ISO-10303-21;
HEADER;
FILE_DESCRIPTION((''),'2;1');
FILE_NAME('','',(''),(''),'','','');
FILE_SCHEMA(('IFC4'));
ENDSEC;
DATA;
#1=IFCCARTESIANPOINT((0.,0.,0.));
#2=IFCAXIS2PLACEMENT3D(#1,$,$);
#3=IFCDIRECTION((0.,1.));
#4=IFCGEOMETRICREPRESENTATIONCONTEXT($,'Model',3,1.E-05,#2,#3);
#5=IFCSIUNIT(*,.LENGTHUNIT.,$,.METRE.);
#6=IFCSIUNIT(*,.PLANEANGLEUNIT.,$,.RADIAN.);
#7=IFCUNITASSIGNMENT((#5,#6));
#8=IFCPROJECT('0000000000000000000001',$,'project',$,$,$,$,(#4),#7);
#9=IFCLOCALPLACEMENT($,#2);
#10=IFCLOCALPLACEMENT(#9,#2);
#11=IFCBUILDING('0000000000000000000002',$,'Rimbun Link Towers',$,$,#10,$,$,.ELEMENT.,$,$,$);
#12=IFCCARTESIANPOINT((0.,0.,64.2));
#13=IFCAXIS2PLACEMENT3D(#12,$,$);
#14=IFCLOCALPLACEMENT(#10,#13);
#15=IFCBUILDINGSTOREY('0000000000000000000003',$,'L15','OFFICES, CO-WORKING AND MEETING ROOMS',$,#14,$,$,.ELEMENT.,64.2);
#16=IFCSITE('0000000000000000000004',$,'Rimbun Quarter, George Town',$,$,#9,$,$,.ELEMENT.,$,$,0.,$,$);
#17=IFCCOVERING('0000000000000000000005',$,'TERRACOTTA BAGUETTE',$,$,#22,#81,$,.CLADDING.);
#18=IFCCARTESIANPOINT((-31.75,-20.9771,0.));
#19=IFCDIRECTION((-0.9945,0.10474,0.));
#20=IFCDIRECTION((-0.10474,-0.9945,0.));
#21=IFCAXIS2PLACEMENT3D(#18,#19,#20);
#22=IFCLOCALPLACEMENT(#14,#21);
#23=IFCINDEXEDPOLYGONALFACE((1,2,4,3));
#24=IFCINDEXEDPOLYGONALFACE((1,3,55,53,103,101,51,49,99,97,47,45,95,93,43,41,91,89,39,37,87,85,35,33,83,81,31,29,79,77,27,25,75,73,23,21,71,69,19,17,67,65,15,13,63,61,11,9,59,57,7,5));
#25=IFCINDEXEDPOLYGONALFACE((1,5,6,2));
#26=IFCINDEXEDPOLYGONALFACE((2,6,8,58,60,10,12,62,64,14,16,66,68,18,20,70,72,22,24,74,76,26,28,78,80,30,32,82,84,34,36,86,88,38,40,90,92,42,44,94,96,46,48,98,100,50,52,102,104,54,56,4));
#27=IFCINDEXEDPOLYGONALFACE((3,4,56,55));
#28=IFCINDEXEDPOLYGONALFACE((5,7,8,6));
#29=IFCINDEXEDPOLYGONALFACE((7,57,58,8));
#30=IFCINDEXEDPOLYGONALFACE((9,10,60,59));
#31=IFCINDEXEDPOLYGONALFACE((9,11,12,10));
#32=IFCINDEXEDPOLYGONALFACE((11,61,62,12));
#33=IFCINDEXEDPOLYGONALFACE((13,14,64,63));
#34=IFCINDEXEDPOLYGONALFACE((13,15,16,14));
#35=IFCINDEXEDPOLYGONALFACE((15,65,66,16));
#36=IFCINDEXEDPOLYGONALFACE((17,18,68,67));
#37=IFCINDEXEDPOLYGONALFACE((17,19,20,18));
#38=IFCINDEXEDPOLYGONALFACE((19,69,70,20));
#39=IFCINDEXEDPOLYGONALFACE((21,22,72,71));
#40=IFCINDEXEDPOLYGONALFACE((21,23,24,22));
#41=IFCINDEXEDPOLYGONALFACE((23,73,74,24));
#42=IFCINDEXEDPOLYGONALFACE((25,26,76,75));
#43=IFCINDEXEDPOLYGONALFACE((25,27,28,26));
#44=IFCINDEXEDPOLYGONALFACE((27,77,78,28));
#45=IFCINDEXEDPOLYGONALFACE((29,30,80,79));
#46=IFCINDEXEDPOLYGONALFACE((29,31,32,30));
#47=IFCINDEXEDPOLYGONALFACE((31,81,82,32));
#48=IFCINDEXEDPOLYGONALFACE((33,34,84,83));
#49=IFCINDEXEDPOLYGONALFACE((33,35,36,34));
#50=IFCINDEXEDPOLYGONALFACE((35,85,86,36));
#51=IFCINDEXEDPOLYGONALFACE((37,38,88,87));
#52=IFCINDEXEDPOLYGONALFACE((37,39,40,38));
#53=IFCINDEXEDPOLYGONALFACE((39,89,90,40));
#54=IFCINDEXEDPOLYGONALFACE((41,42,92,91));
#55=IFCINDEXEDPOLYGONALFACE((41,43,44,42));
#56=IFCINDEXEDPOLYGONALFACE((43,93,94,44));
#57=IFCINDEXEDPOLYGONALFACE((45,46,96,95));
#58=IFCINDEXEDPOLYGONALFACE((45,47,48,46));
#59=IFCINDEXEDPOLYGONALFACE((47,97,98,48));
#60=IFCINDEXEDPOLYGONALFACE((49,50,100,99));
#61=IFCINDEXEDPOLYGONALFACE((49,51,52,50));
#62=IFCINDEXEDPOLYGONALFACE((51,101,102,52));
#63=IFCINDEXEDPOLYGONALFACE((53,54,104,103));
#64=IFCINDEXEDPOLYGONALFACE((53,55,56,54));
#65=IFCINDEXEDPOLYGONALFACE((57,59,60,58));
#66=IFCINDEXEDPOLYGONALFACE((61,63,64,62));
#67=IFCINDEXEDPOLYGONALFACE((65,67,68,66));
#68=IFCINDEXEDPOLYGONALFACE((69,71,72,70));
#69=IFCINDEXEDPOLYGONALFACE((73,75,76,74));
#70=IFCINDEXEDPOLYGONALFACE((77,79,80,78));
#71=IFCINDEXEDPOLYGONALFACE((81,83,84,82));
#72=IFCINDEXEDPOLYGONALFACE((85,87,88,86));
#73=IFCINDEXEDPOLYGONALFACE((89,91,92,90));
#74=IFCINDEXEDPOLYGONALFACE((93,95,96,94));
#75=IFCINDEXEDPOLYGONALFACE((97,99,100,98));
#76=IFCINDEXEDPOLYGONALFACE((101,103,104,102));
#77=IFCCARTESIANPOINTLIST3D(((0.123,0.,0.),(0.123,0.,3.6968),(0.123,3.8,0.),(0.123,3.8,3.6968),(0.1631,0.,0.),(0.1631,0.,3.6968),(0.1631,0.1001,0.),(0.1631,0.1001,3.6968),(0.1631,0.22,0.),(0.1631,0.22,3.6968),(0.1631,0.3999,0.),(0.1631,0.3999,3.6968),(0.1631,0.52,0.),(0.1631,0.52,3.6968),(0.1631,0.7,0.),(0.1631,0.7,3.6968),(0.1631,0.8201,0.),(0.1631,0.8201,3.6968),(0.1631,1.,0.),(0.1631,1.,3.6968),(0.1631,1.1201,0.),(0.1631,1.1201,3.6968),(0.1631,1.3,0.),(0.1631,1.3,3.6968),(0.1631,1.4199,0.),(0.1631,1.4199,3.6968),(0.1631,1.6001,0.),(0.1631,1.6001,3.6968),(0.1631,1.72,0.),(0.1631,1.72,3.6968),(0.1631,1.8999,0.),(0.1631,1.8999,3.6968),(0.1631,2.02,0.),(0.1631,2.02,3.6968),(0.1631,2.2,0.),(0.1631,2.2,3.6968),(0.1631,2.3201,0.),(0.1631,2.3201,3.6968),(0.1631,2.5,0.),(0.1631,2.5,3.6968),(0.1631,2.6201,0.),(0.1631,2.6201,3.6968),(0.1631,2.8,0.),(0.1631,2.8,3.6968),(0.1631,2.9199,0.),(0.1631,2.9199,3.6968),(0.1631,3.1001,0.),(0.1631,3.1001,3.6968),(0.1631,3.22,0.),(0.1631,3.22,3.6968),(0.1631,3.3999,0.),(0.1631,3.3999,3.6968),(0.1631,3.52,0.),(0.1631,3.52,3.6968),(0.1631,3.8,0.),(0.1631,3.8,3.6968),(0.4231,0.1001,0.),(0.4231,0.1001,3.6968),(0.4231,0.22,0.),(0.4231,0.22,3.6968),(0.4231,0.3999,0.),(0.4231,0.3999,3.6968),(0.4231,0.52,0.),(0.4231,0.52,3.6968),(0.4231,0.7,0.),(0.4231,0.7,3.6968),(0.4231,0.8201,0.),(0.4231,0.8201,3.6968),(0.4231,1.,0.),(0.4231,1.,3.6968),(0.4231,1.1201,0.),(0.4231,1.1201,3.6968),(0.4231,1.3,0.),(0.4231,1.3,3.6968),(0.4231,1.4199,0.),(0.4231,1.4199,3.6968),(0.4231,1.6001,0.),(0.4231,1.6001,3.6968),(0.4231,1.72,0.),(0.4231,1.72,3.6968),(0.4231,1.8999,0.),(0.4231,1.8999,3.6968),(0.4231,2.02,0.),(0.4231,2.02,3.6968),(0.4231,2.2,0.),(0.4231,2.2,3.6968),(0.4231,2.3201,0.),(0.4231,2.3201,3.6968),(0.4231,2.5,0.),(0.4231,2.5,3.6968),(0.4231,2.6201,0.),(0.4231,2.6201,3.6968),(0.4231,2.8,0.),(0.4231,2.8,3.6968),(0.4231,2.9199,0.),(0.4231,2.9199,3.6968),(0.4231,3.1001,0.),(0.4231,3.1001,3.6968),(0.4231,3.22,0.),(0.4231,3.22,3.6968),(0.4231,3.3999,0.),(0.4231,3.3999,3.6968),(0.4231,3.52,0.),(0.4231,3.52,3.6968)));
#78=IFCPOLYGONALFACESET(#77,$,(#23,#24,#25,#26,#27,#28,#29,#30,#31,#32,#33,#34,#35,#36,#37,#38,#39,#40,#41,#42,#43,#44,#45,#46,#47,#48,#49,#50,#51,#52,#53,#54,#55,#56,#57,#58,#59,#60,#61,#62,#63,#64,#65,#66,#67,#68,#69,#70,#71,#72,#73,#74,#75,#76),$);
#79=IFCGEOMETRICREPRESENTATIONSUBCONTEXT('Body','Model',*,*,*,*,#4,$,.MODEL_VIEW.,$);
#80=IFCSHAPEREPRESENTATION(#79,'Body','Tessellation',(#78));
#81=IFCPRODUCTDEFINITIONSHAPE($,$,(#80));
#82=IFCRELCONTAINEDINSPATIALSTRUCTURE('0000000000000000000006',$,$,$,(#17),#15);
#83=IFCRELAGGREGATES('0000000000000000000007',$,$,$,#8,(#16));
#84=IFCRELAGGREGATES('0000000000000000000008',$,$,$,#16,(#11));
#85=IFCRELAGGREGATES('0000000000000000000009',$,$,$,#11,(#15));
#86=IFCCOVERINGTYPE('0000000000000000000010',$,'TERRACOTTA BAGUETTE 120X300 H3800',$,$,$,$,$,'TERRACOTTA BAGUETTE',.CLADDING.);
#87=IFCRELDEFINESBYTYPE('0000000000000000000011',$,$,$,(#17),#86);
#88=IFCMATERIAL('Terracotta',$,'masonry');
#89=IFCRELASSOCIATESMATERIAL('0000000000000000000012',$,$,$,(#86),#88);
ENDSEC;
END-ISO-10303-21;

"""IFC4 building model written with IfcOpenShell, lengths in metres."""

from ifc_helpers import new_model, si_unit, direction, frame, origin, place, context, subcontext, project, spatial, polyline, outline, extrude, material, material_profile, profile_set, type_object, element, save


model = new_model("IFC4")

# Units and contexts
model_context = context("Model", 3, precision=1e-05, world=origin(), true_north=direction((0.0, 1.0)))
body_context = subcontext(model_context, "Body", "Model", "MODEL_VIEW")
ifc_project = project(units=[si_unit("LENGTHUNIT", "METRE"), si_unit("PLANEANGLEUNIT", "RADIAN")], contexts=[model_context])

# Site, building, storey
site_placement = place(None, origin())
site = spatial("IfcSite", under=ifc_project, at=site_placement, Name="Rimbun Quarter, George Town", CompositionType="ELEMENT", RefElevation=0.0)
building_placement = place(site_placement, origin())
building = spatial("IfcBuilding", under=site, at=building_placement, Name="Rimbun Link Towers", CompositionType="ELEMENT")
storey_placement = place(building_placement, frame((0.0, 0.0, 64.2)))
storey = spatial("IfcBuildingStorey", under=building, at=storey_placement, Name="L15", Description="OFFICES, CO-WORKING AND MEETING ROOMS", CompositionType="ELEMENT", Elevation=64.2)

# Covering
ifc_material_1 = material(Name="Terracotta", Category="masonry")
ifc_material_profile_1 = material_profile(ifc_material_1, outline(polyline([(0.123, 0.0), (0.1631, 0.0), (0.1631, 0.1001), (0.4231, 0.1001), (0.4231, 0.22), (0.1631, 0.22), (0.1631, 0.3999), (0.4231, 0.3999), (0.4231, 0.52), (0.1631, 0.52), (0.1631, 0.7), (0.4231, 0.7), (0.4231, 0.8201), (0.1631, 0.8201), (0.1631, 1.0), (0.4231, 1.0), (0.4231, 1.1201), (0.1631, 1.1201), (0.1631, 1.3), (0.4231, 1.3), (0.4231, 1.4199), (0.1631, 1.4199), (0.1631, 1.6001), (0.4231, 1.6001), (0.4231, 1.72), (0.1631, 1.72), (0.1631, 1.8999), (0.4231, 1.8999), (0.4231, 2.02), (0.1631, 2.02), (0.1631, 2.2), (0.4231, 2.2), (0.4231, 2.3201), (0.1631, 2.3201), (0.1631, 2.5), (0.4231, 2.5), (0.4231, 2.6201), (0.1631, 2.6201), (0.1631, 2.8), (0.4231, 2.8), (0.4231, 2.9199), (0.1631, 2.9199), (0.1631, 3.1001), (0.4231, 3.1001), (0.4231, 3.22), (0.1631, 3.22), (0.1631, 3.3999), (0.4231, 3.3999), (0.4231, 3.52), (0.1631, 3.52), (0.1631, 3.8), (0.123, 3.8), (0.123, 0.0)])), Name="BAGUETTE 120X300")
ifc_profile_set_1 = profile_set([ifc_material_profile_1], Name="Terracotta")
covering_type = type_object("IfcCoveringType", Name="TERRACOTTA BAGUETTE 120X300 H3800", ElementType="TERRACOTTA BAGUETTE", PredefinedType="CLADDING", material=ifc_profile_set_1)
covering_placement = place(storey_placement, frame((-31.75, -20.9771, 0.0), z_axis=(-0.9945, 0.10474, 0.0), x_axis=(-0.10474, -0.9945, 0.0)))
element("IfcCovering", 1, at=covering_placement, inside=storey, type_object=covering_type, Name="TERRACOTTA BAGUETTE", PredefinedType="CLADDING", context=body_context, shape_type="SweptSolid", body=[
    extrude(outline(polyline([(0.123, 0.0), (0.1631, 0.0), (0.1631, 0.1001), (0.4231, 0.1001), (0.4231, 0.22), (0.1631, 0.22), (0.1631, 0.3999), (0.4231, 0.3999), (0.4231, 0.52), (0.1631, 0.52), (0.1631, 0.7), (0.4231, 0.7), (0.4231, 0.8201), (0.1631, 0.8201), (0.1631, 1.0), (0.4231, 1.0), (0.4231, 1.1201), (0.1631, 1.1201), (0.1631, 1.3), (0.4231, 1.3), (0.4231, 1.4199), (0.1631, 1.4199), (0.1631, 1.6001), (0.4231, 1.6001), (0.4231, 1.72), (0.1631, 1.72), (0.1631, 1.8999), (0.4231, 1.8999), (0.4231, 2.02), (0.1631, 2.02), (0.1631, 2.2), (0.4231, 2.2), (0.4231, 2.3201), (0.1631, 2.3201), (0.1631, 2.5), (0.4231, 2.5), (0.4231, 2.6201), (0.1631, 2.6201), (0.1631, 2.8), (0.4231, 2.8), (0.4231, 2.9199), (0.1631, 2.9199), (0.1631, 3.1001), (0.4231, 3.1001), (0.4231, 3.22), (0.1631, 3.22), (0.1631, 3.3999), (0.4231, 3.3999), (0.4231, 3.52), (0.1631, 3.52), (0.1631, 3.8), (0.123, 3.8), (0.123, 0.0)])), origin(), (0.0, 0.0, 1.0), 3.6968),
])

save(model, "model.ifc")
